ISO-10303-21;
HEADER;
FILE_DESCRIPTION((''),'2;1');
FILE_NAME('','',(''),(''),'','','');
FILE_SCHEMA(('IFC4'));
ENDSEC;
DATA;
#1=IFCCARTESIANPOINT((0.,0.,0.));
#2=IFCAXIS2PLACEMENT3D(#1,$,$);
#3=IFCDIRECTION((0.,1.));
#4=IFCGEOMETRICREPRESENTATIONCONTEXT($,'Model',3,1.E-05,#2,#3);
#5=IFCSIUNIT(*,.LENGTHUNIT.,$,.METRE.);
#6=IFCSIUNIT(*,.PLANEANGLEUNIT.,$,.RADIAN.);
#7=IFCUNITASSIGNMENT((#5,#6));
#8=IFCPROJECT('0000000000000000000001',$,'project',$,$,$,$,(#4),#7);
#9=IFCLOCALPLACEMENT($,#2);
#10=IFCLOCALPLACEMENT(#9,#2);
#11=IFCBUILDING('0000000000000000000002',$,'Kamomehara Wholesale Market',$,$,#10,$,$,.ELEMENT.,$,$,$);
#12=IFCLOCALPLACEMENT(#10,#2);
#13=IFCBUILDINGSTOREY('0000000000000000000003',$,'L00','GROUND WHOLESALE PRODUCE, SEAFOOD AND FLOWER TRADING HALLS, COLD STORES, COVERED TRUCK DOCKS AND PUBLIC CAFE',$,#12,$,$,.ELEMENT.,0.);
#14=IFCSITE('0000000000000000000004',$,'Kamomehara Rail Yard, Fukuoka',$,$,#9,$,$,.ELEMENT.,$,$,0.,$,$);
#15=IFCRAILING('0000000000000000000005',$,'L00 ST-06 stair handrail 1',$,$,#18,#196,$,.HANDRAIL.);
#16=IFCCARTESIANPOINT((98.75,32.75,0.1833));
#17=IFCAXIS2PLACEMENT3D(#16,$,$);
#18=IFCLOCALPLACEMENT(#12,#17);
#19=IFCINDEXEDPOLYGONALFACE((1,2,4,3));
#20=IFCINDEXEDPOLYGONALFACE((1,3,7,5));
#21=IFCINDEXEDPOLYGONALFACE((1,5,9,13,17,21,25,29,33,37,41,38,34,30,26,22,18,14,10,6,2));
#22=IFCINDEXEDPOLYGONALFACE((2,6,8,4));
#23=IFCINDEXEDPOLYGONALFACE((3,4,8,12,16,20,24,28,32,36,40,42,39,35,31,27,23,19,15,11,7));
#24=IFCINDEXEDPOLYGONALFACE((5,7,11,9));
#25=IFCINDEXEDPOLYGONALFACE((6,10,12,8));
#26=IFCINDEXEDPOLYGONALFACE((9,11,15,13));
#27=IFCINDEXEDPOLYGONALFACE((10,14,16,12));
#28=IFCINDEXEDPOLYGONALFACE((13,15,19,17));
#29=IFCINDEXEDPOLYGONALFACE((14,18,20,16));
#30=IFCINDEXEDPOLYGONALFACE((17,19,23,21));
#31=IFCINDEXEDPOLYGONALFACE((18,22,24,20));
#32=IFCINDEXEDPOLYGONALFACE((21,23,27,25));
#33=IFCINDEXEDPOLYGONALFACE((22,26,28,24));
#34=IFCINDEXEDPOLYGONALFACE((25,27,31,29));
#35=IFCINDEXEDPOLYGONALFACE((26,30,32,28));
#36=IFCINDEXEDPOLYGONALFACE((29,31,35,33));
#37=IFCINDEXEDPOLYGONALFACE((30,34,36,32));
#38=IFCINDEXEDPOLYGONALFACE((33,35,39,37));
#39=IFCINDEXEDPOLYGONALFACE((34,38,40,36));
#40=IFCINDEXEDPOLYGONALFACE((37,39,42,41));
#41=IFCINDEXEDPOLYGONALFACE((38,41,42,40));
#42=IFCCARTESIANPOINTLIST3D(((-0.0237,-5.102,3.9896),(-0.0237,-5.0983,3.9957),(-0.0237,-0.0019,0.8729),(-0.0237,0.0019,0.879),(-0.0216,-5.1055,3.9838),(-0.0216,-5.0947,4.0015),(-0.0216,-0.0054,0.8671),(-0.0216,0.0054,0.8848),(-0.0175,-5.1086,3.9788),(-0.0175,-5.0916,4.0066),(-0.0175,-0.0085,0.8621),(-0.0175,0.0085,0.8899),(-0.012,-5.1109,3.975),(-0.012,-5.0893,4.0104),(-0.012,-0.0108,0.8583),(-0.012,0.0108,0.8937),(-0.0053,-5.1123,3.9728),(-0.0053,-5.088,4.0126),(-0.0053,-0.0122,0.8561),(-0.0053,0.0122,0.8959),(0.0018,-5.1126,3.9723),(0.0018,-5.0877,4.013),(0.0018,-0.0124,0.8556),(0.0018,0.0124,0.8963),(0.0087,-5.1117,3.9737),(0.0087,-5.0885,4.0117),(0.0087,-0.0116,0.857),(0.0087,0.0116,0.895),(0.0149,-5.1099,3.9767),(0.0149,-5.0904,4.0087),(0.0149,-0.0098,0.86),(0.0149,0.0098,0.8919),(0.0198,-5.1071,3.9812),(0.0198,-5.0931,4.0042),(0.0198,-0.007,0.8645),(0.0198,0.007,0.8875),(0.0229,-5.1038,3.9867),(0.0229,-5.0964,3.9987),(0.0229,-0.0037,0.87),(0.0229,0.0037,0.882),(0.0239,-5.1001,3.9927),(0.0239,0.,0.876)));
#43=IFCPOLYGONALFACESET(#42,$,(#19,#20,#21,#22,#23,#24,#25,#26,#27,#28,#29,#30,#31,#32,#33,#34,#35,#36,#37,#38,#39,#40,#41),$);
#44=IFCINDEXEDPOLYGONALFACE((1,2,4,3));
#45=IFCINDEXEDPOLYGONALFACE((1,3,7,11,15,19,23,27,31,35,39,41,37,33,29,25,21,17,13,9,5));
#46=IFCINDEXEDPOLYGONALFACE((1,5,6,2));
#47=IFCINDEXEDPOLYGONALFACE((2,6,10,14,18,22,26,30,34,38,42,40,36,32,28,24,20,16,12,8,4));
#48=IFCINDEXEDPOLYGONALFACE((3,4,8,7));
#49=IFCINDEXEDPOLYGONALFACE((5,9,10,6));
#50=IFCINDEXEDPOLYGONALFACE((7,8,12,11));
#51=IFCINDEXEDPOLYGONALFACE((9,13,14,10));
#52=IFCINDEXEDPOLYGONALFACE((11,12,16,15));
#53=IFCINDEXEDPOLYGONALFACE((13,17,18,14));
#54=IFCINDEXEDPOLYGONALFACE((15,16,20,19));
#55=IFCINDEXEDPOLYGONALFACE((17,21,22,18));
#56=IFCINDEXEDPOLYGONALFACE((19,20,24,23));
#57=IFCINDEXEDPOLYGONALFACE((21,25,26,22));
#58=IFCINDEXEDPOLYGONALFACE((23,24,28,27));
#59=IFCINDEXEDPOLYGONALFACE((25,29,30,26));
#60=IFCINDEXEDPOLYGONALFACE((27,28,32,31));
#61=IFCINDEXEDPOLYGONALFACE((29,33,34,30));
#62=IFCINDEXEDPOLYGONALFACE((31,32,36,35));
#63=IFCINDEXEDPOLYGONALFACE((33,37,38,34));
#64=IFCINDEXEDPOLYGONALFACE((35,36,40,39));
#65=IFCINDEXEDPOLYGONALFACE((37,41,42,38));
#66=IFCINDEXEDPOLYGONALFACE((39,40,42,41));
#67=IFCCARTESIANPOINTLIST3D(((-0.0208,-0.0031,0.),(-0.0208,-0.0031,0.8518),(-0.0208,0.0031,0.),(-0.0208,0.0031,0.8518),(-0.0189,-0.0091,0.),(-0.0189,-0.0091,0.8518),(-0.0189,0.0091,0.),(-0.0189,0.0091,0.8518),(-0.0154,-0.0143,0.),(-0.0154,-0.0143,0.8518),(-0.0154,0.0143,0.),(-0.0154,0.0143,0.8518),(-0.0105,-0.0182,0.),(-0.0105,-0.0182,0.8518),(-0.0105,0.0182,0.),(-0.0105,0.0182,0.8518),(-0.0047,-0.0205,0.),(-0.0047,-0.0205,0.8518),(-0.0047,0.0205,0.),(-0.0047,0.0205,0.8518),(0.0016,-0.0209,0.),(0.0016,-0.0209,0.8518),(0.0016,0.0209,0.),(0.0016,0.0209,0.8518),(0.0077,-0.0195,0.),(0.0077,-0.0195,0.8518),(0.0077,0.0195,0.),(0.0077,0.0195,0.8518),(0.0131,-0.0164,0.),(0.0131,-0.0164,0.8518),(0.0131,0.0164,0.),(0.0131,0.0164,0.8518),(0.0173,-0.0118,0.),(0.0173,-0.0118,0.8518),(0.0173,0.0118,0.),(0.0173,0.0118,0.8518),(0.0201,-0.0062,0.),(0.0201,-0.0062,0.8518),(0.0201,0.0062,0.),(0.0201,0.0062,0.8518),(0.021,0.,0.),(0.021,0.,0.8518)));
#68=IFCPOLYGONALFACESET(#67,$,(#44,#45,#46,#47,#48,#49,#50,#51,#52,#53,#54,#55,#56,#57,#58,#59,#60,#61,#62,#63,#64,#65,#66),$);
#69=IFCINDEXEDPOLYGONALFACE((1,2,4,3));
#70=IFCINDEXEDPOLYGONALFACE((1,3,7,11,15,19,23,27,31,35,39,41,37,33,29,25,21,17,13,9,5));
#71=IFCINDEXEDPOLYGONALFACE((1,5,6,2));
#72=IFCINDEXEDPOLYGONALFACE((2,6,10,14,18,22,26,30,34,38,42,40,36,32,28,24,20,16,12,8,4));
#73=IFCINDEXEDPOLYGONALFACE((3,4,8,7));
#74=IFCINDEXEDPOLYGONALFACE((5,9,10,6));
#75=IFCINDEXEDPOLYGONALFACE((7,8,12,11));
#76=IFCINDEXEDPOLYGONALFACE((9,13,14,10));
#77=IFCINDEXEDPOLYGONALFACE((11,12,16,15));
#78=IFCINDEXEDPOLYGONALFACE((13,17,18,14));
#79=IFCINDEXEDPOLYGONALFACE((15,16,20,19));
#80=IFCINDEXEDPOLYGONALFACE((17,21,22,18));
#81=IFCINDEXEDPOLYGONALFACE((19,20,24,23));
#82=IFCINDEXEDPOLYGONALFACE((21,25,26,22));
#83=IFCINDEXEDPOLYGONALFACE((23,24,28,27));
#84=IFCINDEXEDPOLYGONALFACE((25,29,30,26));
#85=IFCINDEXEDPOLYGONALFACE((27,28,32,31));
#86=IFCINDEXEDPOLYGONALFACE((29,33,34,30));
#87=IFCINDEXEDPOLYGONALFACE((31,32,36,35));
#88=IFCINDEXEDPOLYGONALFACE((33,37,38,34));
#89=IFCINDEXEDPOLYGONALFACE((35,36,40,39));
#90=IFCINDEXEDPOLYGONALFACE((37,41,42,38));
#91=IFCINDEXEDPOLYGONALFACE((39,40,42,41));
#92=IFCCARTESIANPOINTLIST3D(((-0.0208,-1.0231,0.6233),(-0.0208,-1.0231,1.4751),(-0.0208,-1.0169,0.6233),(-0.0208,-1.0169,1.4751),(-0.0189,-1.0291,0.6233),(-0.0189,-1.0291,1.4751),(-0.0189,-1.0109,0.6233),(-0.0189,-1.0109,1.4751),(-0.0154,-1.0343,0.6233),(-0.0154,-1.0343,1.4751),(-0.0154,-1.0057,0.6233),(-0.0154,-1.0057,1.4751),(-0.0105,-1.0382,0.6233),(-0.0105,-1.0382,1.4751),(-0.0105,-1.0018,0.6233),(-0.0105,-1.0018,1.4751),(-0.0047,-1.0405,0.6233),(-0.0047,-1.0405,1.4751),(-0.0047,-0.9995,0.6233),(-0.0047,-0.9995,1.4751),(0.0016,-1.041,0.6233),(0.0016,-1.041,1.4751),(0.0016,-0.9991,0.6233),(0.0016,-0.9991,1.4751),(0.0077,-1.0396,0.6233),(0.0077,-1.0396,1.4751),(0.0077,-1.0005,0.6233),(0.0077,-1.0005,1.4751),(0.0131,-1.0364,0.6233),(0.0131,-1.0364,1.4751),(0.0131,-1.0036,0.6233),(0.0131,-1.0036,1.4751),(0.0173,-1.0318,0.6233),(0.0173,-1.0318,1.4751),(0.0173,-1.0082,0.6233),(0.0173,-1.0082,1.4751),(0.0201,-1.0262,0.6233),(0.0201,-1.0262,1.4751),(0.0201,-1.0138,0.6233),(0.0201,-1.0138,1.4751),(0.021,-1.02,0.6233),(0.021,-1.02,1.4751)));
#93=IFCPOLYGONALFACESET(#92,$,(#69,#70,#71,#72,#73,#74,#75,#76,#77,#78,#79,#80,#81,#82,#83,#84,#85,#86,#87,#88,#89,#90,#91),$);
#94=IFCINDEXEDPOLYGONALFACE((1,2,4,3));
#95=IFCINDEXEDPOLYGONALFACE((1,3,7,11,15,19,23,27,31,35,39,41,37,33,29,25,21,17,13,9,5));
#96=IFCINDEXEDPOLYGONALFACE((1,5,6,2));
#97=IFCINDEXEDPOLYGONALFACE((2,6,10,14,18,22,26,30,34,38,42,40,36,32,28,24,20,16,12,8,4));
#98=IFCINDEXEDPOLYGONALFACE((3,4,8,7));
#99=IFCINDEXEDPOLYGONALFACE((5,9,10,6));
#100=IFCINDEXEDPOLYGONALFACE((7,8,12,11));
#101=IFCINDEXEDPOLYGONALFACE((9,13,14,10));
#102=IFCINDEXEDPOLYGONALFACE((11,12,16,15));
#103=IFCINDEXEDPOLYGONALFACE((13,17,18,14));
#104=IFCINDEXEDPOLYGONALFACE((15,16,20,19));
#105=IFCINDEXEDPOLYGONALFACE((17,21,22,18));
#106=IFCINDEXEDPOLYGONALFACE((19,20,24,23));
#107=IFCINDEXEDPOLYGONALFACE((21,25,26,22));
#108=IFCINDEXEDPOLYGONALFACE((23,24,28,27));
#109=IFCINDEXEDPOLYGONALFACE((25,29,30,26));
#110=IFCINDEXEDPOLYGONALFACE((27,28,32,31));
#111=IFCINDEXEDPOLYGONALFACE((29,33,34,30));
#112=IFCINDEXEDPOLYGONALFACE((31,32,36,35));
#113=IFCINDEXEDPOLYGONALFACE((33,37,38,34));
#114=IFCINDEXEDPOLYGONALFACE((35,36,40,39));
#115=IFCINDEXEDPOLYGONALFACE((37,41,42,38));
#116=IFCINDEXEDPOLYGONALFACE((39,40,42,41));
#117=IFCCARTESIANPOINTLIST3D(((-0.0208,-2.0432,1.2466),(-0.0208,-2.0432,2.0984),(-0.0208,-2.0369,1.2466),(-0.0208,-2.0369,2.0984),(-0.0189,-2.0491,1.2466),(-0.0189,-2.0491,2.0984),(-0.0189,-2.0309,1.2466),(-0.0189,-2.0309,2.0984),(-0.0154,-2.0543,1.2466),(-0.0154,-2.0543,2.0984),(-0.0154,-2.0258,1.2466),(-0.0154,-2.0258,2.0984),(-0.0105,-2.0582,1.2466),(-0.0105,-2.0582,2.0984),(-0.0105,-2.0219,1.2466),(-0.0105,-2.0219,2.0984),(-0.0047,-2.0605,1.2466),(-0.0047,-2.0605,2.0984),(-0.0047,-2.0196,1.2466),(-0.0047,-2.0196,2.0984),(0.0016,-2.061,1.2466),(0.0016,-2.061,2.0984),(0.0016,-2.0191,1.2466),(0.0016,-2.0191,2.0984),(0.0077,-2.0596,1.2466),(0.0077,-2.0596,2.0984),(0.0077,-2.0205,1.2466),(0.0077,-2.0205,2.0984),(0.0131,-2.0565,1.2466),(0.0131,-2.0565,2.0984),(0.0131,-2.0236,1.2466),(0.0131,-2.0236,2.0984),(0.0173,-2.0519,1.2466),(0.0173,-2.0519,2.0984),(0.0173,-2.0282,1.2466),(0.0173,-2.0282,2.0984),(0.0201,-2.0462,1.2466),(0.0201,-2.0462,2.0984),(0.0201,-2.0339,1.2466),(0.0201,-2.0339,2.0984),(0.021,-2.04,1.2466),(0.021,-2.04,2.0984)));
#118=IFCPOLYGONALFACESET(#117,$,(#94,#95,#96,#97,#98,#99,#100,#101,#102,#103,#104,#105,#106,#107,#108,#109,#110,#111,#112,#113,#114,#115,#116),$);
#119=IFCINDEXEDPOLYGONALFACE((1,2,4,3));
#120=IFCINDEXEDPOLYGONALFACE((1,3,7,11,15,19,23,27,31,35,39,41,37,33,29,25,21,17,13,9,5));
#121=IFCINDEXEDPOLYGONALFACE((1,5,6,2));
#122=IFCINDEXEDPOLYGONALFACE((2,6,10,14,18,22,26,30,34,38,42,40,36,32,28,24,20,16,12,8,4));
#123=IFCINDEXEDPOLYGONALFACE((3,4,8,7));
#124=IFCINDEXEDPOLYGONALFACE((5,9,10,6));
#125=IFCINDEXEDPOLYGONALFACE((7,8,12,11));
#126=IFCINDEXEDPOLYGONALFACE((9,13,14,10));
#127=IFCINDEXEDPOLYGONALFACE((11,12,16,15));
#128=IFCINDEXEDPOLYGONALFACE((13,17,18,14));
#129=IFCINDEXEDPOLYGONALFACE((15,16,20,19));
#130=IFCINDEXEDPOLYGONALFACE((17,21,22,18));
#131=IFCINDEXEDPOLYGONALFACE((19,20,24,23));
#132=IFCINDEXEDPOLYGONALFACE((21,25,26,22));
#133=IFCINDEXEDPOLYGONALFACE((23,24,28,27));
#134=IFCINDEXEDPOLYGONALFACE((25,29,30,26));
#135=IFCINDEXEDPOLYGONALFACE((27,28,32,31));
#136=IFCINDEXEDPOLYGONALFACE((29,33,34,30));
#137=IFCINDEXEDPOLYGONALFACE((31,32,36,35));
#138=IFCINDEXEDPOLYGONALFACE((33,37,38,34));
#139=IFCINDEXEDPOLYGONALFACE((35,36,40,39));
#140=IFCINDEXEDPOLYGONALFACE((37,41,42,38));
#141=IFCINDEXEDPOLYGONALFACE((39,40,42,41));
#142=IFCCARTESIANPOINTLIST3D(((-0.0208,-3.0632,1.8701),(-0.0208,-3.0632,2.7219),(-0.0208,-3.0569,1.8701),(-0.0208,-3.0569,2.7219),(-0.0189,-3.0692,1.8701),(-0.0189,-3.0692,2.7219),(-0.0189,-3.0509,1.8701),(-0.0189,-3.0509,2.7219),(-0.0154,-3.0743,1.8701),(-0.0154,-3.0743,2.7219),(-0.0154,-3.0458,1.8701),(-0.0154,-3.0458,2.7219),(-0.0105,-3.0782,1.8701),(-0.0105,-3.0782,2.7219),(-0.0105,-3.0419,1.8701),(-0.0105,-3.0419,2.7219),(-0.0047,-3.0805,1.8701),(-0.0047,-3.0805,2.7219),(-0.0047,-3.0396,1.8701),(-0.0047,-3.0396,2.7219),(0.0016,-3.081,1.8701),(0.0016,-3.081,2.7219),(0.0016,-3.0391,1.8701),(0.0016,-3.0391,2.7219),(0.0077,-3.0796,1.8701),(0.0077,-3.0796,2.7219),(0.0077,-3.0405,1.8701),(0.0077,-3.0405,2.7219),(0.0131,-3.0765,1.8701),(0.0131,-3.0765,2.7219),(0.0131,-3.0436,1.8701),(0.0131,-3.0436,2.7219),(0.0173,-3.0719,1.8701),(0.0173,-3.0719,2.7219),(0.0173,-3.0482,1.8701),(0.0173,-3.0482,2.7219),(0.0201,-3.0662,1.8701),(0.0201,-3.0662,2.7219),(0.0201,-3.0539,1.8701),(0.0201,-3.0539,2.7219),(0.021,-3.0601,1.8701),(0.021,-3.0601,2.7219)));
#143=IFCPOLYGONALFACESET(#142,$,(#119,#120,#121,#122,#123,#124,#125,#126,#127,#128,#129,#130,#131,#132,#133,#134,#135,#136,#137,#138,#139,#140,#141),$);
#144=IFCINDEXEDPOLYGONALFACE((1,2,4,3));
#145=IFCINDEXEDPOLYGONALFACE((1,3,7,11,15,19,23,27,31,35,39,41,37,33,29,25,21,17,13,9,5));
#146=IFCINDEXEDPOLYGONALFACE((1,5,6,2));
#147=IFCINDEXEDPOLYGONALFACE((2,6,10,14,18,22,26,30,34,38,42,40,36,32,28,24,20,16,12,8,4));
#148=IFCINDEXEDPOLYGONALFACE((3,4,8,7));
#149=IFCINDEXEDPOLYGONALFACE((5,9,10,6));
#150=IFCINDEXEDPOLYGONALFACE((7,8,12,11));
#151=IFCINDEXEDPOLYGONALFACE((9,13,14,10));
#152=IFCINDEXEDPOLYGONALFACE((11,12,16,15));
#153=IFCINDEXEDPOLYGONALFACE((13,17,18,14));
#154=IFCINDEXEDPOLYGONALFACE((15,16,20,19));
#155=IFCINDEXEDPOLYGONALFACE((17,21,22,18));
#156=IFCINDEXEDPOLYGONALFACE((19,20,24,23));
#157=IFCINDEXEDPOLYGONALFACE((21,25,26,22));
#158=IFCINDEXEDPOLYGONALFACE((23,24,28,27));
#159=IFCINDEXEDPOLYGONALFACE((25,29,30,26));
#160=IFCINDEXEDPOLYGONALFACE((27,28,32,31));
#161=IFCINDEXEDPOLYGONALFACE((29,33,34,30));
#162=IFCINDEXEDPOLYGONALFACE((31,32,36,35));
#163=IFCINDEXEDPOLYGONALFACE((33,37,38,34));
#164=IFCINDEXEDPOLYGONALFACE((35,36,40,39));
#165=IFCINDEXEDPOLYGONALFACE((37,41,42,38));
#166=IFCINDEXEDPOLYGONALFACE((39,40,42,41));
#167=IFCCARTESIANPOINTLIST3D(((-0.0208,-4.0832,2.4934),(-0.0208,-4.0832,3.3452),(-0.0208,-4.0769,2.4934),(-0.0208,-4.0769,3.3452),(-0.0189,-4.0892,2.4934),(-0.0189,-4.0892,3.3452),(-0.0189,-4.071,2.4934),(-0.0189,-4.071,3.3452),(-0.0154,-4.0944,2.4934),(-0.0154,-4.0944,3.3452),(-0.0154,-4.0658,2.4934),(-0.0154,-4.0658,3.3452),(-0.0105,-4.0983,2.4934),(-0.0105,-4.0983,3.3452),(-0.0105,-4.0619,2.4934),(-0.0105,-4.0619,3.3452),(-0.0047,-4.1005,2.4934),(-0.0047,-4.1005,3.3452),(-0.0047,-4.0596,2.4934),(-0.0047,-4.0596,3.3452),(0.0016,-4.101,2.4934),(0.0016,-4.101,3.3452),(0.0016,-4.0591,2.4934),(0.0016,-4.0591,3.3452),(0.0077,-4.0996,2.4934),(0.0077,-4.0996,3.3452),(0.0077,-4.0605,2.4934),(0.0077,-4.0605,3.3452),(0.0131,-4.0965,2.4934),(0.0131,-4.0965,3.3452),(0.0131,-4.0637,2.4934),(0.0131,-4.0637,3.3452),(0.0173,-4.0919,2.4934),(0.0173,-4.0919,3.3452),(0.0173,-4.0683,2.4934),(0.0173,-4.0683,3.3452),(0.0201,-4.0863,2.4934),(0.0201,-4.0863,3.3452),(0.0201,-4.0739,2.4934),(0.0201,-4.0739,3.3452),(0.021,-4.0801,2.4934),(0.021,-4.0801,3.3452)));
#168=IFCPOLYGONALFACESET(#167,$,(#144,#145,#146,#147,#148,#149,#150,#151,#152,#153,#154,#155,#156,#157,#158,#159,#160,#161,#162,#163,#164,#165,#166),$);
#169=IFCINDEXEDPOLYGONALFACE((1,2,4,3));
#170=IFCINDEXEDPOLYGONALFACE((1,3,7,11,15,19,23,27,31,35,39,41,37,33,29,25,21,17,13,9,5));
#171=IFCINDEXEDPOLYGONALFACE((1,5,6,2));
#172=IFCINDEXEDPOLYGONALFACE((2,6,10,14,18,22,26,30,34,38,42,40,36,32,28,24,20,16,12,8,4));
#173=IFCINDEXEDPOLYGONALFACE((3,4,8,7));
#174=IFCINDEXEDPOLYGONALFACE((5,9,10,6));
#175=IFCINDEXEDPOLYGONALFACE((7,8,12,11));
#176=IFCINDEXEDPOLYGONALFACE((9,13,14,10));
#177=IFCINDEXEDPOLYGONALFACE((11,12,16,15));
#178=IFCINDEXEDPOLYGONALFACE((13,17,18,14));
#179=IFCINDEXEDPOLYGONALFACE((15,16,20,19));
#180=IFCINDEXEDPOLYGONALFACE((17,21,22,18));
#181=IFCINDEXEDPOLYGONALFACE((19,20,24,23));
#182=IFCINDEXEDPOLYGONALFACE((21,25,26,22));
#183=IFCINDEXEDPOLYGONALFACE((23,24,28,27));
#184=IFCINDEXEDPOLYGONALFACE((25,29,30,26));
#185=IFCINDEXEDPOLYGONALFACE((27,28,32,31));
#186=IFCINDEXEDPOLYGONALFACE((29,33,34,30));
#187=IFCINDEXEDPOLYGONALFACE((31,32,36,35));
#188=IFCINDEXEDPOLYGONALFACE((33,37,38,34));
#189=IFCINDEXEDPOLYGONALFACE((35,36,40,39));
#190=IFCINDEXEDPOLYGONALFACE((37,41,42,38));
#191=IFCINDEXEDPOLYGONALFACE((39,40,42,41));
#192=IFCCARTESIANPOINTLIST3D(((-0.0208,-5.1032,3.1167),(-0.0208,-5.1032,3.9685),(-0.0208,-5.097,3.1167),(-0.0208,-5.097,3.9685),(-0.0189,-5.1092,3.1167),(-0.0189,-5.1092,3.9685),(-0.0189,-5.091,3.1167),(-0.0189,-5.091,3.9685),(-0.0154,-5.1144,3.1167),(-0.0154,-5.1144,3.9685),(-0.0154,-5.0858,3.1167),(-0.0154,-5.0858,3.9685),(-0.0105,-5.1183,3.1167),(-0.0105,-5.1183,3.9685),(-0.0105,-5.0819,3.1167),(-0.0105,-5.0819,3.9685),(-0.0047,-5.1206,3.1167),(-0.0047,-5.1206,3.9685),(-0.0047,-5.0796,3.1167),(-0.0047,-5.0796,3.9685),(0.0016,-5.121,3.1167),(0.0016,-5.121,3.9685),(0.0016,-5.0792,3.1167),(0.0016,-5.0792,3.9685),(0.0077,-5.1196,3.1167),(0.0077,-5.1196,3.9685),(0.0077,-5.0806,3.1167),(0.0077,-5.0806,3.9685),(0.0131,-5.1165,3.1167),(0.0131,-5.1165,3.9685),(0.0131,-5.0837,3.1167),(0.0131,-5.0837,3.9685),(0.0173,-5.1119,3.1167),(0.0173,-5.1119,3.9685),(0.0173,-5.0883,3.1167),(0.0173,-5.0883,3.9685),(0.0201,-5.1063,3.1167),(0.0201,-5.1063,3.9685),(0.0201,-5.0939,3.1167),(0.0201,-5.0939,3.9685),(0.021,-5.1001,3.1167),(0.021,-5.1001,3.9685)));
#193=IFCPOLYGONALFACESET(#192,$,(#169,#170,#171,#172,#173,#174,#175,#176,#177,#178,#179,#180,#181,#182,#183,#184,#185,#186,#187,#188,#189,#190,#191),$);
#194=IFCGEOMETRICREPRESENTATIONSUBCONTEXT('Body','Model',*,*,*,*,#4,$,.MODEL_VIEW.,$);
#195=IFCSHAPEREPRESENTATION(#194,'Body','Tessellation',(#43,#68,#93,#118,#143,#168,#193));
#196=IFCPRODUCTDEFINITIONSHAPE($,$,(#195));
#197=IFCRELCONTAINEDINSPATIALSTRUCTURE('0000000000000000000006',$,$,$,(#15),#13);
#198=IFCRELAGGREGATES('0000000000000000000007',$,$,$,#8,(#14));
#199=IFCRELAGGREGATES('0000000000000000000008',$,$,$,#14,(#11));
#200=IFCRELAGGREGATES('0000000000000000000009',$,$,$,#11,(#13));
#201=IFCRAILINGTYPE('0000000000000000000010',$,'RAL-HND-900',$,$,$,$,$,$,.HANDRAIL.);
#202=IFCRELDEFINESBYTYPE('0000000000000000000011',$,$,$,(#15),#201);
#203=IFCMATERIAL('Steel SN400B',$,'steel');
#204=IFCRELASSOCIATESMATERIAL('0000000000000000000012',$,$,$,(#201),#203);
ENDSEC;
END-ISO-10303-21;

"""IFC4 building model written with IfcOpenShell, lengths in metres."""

from ifc_helpers import new_model, si_unit, direction, frame, origin, origin_2d, place, context, subcontext, project, spatial, circle, extrude, material, type_object, element, save


model = new_model("IFC4")

# Units and contexts
model_context = context("Model", 3, precision=1e-05, world=origin(), true_north=direction((0.0, 1.0)))
body_context = subcontext(model_context, "Body", "Model", "MODEL_VIEW")
ifc_project = project(units=[si_unit("LENGTHUNIT", "METRE"), si_unit("PLANEANGLEUNIT", "RADIAN")], contexts=[model_context])

# Site, building, storey
site_placement = place(None, origin())
site = spatial("IfcSite", under=ifc_project, at=site_placement, Name="Kamomehara Rail Yard, Fukuoka", CompositionType="ELEMENT", RefElevation=0.0)
building_placement = place(site_placement, origin())
building = spatial("IfcBuilding", under=site, at=building_placement, Name="Kamomehara Wholesale Market", CompositionType="ELEMENT")
storey_placement = place(building_placement, origin())
storey = spatial("IfcBuildingStorey", under=building, at=storey_placement, Name="L00", Description="GROUND WHOLESALE PRODUCE, SEAFOOD AND FLOWER TRADING HALLS, COLD STORES, COVERED TRUCK DOCKS AND PUBLIC CAFE", CompositionType="ELEMENT", Elevation=0.0)

# Railing
ifc_material_1 = material(Name="Steel SN400B", Category="steel")
railing_type_1 = type_object("IfcRailingType", Name="RAL-HND-900", PredefinedType="HANDRAIL", material=ifc_material_1)
railing_1_placement = place(storey_placement, frame((98.75, 32.75, 0.1833)))
element("IfcRailing", 1, at=railing_1_placement, inside=storey, type_object=railing_type_1, Name="L00 ST-06 stair handrail 1", PredefinedType="HANDRAIL", context=body_context, shape_type="SweptSolid", body=[
    extrude(circle(Radius=0.0239, at=origin_2d()), frame((0.0, 0.0, 0.876), z_axis=(0.0, -0.853284, 0.521447), x_axis=(1.0, 0.0, 0.0)), (0.0, 0.0, 1.0), 5.9771),
    extrude(circle(Radius=0.021, at=origin_2d()), origin(), (0.0, 0.0, 1.0), 0.8518),
    extrude(circle(Radius=0.021, at=origin_2d()), frame((0.0, -1.02, 0.6233)), (0.0, 0.0, 1.0), 0.8518),
    extrude(circle(Radius=0.021, at=origin_2d()), frame((0.0, -2.04, 1.2466)), (0.0, 0.0, 1.0), 0.8518),
    extrude(circle(Radius=0.021, at=origin_2d()), frame((0.0, -3.0601, 1.8701)), (0.0, 0.0, 1.0), 0.8518),
    extrude(circle(Radius=0.021, at=origin_2d()), frame((0.0, -4.0801, 2.4934)), (0.0, 0.0, 1.0), 0.8518),
    extrude(circle(Radius=0.021, at=origin_2d()), frame((0.0, -5.1001, 3.1167)), (0.0, 0.0, 1.0), 0.8518),
])

save(model, "model.ifc")
